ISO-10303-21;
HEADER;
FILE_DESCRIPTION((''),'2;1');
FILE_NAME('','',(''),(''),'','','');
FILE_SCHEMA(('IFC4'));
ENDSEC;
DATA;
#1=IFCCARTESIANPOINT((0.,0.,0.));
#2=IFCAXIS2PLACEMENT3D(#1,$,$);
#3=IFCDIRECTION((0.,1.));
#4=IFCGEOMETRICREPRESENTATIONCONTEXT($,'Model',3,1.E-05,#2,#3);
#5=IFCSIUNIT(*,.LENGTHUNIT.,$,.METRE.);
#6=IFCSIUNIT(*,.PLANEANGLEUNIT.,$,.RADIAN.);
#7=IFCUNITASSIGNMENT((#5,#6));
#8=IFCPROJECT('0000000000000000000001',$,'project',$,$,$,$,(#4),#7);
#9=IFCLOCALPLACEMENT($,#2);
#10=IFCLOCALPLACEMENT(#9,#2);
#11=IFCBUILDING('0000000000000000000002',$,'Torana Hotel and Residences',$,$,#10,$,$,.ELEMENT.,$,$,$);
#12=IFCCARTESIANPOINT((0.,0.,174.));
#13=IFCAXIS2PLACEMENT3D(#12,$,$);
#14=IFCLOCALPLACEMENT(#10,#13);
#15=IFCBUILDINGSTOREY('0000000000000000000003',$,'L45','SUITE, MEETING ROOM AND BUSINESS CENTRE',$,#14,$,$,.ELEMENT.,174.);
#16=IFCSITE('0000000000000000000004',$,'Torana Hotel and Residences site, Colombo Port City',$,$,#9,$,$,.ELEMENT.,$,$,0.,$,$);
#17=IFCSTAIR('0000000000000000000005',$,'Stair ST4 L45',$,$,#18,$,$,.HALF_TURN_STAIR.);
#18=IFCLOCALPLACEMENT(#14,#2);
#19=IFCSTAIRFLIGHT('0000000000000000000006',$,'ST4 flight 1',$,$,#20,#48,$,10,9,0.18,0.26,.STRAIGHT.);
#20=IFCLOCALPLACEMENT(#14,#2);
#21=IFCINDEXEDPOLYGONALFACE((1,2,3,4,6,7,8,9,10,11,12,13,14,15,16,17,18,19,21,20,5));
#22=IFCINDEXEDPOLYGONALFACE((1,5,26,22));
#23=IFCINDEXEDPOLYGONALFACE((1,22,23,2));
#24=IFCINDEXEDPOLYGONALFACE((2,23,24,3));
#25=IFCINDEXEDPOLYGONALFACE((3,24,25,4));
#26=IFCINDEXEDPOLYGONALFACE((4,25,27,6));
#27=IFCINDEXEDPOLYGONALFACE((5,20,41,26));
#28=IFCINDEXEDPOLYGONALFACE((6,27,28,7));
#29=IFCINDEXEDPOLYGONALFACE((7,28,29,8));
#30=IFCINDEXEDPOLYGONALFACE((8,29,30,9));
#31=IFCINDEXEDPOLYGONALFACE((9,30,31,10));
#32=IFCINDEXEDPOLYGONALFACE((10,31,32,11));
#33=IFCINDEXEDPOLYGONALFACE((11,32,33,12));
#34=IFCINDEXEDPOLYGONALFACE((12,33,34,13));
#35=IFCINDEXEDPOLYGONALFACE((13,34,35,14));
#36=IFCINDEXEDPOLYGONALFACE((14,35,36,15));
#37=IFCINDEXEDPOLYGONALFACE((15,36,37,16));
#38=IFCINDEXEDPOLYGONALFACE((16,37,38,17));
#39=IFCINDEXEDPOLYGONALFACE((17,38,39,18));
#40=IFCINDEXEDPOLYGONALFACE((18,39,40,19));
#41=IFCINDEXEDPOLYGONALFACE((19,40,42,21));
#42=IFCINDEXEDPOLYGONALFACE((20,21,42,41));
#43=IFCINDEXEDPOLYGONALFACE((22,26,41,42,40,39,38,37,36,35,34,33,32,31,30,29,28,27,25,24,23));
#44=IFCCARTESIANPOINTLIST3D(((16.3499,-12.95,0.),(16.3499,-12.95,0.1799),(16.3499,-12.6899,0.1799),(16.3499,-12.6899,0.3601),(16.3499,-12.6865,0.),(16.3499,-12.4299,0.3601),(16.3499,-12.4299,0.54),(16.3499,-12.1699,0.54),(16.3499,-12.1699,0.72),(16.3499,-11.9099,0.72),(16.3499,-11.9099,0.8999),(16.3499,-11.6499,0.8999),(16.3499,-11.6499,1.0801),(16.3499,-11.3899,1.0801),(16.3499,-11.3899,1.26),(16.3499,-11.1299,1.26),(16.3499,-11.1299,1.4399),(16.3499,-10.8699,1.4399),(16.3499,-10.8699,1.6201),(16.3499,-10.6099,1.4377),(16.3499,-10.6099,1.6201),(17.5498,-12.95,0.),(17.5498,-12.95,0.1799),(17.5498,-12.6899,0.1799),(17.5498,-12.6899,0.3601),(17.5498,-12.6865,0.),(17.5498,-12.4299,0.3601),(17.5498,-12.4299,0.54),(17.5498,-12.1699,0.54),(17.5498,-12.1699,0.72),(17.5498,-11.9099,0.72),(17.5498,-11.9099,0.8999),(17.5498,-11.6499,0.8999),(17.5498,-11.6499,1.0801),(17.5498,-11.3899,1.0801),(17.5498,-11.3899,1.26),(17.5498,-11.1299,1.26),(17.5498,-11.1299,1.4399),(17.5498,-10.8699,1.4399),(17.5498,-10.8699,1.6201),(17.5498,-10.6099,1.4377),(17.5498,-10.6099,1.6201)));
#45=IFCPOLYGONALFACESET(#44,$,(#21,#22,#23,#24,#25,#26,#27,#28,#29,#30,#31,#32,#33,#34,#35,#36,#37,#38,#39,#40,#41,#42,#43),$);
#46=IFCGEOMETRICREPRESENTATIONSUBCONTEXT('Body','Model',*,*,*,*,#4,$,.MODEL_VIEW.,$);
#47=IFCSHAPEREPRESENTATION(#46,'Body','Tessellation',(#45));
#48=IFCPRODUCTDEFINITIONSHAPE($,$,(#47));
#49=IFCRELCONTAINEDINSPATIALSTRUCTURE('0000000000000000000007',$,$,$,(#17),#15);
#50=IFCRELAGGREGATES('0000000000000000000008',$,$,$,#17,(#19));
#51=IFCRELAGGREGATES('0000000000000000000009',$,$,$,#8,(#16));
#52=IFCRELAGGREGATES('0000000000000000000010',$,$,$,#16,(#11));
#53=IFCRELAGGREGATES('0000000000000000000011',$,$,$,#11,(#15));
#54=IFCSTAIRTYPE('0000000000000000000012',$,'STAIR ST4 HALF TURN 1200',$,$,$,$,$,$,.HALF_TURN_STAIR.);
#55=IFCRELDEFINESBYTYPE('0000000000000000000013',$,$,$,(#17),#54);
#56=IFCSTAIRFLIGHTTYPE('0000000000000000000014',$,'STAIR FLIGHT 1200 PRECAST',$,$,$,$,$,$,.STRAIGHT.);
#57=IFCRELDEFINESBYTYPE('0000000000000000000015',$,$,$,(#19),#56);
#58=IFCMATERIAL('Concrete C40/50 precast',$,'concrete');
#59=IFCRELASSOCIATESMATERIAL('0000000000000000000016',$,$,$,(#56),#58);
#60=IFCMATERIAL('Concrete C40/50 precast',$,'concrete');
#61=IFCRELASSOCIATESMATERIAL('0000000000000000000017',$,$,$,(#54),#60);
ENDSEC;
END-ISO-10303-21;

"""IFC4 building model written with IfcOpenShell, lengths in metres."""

from ifc_helpers import new_model, si_unit, direction, frame, origin, place, context, subcontext, project, spatial, polyline, outline, extrude, material, type_object, element, aggregate, save


model = new_model("IFC4")

# Units and contexts
model_context = context("Model", 3, precision=1e-05, world=origin(), true_north=direction((0.0, 1.0)))
body_context = subcontext(model_context, "Body", "Model", "MODEL_VIEW")
ifc_project = project(units=[si_unit("LENGTHUNIT", "METRE"), si_unit("PLANEANGLEUNIT", "RADIAN")], contexts=[model_context])

# Site, building, storey
site_placement = place(None, origin())
site = spatial("IfcSite", under=ifc_project, at=site_placement, Name="Torana Hotel and Residences site, Colombo Port City", CompositionType="ELEMENT", RefElevation=0.0)
building_placement = place(site_placement, origin())
building = spatial("IfcBuilding", under=site, at=building_placement, Name="Torana Hotel and Residences", CompositionType="ELEMENT")
storey_placement = place(building_placement, frame((0.0, 0.0, 174.0)))
storey = spatial("IfcBuildingStorey", under=building, at=storey_placement, Name="L45", Description="SUITE, MEETING ROOM AND BUSINESS CENTRE", CompositionType="ELEMENT", Elevation=174.0)

# Stair, stair flight
ifc_material_1 = material(Name="Concrete C40/50 precast", Category="concrete")
stair_flight_type = type_object("IfcStairFlightType", Name="STAIR FLIGHT 1200 PRECAST", PredefinedType="STRAIGHT", material=ifc_material_1)
ifc_material_2 = material(Name="Concrete C40/50 precast", Category="concrete")
stair_type_1 = type_object("IfcStairType", Name="STAIR ST4 HALF TURN 1200", PredefinedType="HALF_TURN_STAIR", material=ifc_material_2)
stair_1_placement = place(storey_placement, origin())
stair_1 = element("IfcStair", 1, at=stair_1_placement, inside=storey, type_object=stair_type_1, Name="Stair ST4 L45", PredefinedType="HALF_TURN_STAIR")
stair_flight_1_placement = place(storey_placement, frame((16.95, -12.95, 0.0), z_axis=(0.0, 0.0, 1.0), x_axis=(0.0, 1.0, 0.0)))
stair_flight_1 = element("IfcStairFlight", 2, at=stair_flight_1_placement, type_object=stair_flight_type, Name="ST4 flight 1", NumberOfRisers=10, NumberOfTreads=9, PredefinedType="STRAIGHT", RiserHeight=0.18, TreadLength=0.26, context=body_context, shape_type="SweptSolid", body=[
    extrude(outline(polyline([(0.0, 0.0), (0.0, 0.1799), (0.26, 0.1799), (0.26, 0.3601), (0.52, 0.3601), (0.52, 0.54), (0.78, 0.54), (0.78, 0.72), (1.04, 0.72), (1.04, 0.8999), (1.3, 0.8999), (1.3, 1.0801), (1.5601, 1.0801), (1.5601, 1.26), (1.8201, 1.26), (1.8201, 1.4399), (2.0801, 1.4399), (2.0801, 1.6201), (2.3401, 1.6201), (2.3401, 1.8), (2.3401, 1.4377), (0.2634, 0.0), (0.0, 0.0)])), frame((0.0, 0.6001, 0.0), z_axis=(0.0, -1.0, 0.0), x_axis=(1.0, 0.0, 0.0)), (0.0, 0.0, 1.0), 1.2),
])
aggregate(stair_1, [stair_flight_1])

save(model, "model.ifc")
